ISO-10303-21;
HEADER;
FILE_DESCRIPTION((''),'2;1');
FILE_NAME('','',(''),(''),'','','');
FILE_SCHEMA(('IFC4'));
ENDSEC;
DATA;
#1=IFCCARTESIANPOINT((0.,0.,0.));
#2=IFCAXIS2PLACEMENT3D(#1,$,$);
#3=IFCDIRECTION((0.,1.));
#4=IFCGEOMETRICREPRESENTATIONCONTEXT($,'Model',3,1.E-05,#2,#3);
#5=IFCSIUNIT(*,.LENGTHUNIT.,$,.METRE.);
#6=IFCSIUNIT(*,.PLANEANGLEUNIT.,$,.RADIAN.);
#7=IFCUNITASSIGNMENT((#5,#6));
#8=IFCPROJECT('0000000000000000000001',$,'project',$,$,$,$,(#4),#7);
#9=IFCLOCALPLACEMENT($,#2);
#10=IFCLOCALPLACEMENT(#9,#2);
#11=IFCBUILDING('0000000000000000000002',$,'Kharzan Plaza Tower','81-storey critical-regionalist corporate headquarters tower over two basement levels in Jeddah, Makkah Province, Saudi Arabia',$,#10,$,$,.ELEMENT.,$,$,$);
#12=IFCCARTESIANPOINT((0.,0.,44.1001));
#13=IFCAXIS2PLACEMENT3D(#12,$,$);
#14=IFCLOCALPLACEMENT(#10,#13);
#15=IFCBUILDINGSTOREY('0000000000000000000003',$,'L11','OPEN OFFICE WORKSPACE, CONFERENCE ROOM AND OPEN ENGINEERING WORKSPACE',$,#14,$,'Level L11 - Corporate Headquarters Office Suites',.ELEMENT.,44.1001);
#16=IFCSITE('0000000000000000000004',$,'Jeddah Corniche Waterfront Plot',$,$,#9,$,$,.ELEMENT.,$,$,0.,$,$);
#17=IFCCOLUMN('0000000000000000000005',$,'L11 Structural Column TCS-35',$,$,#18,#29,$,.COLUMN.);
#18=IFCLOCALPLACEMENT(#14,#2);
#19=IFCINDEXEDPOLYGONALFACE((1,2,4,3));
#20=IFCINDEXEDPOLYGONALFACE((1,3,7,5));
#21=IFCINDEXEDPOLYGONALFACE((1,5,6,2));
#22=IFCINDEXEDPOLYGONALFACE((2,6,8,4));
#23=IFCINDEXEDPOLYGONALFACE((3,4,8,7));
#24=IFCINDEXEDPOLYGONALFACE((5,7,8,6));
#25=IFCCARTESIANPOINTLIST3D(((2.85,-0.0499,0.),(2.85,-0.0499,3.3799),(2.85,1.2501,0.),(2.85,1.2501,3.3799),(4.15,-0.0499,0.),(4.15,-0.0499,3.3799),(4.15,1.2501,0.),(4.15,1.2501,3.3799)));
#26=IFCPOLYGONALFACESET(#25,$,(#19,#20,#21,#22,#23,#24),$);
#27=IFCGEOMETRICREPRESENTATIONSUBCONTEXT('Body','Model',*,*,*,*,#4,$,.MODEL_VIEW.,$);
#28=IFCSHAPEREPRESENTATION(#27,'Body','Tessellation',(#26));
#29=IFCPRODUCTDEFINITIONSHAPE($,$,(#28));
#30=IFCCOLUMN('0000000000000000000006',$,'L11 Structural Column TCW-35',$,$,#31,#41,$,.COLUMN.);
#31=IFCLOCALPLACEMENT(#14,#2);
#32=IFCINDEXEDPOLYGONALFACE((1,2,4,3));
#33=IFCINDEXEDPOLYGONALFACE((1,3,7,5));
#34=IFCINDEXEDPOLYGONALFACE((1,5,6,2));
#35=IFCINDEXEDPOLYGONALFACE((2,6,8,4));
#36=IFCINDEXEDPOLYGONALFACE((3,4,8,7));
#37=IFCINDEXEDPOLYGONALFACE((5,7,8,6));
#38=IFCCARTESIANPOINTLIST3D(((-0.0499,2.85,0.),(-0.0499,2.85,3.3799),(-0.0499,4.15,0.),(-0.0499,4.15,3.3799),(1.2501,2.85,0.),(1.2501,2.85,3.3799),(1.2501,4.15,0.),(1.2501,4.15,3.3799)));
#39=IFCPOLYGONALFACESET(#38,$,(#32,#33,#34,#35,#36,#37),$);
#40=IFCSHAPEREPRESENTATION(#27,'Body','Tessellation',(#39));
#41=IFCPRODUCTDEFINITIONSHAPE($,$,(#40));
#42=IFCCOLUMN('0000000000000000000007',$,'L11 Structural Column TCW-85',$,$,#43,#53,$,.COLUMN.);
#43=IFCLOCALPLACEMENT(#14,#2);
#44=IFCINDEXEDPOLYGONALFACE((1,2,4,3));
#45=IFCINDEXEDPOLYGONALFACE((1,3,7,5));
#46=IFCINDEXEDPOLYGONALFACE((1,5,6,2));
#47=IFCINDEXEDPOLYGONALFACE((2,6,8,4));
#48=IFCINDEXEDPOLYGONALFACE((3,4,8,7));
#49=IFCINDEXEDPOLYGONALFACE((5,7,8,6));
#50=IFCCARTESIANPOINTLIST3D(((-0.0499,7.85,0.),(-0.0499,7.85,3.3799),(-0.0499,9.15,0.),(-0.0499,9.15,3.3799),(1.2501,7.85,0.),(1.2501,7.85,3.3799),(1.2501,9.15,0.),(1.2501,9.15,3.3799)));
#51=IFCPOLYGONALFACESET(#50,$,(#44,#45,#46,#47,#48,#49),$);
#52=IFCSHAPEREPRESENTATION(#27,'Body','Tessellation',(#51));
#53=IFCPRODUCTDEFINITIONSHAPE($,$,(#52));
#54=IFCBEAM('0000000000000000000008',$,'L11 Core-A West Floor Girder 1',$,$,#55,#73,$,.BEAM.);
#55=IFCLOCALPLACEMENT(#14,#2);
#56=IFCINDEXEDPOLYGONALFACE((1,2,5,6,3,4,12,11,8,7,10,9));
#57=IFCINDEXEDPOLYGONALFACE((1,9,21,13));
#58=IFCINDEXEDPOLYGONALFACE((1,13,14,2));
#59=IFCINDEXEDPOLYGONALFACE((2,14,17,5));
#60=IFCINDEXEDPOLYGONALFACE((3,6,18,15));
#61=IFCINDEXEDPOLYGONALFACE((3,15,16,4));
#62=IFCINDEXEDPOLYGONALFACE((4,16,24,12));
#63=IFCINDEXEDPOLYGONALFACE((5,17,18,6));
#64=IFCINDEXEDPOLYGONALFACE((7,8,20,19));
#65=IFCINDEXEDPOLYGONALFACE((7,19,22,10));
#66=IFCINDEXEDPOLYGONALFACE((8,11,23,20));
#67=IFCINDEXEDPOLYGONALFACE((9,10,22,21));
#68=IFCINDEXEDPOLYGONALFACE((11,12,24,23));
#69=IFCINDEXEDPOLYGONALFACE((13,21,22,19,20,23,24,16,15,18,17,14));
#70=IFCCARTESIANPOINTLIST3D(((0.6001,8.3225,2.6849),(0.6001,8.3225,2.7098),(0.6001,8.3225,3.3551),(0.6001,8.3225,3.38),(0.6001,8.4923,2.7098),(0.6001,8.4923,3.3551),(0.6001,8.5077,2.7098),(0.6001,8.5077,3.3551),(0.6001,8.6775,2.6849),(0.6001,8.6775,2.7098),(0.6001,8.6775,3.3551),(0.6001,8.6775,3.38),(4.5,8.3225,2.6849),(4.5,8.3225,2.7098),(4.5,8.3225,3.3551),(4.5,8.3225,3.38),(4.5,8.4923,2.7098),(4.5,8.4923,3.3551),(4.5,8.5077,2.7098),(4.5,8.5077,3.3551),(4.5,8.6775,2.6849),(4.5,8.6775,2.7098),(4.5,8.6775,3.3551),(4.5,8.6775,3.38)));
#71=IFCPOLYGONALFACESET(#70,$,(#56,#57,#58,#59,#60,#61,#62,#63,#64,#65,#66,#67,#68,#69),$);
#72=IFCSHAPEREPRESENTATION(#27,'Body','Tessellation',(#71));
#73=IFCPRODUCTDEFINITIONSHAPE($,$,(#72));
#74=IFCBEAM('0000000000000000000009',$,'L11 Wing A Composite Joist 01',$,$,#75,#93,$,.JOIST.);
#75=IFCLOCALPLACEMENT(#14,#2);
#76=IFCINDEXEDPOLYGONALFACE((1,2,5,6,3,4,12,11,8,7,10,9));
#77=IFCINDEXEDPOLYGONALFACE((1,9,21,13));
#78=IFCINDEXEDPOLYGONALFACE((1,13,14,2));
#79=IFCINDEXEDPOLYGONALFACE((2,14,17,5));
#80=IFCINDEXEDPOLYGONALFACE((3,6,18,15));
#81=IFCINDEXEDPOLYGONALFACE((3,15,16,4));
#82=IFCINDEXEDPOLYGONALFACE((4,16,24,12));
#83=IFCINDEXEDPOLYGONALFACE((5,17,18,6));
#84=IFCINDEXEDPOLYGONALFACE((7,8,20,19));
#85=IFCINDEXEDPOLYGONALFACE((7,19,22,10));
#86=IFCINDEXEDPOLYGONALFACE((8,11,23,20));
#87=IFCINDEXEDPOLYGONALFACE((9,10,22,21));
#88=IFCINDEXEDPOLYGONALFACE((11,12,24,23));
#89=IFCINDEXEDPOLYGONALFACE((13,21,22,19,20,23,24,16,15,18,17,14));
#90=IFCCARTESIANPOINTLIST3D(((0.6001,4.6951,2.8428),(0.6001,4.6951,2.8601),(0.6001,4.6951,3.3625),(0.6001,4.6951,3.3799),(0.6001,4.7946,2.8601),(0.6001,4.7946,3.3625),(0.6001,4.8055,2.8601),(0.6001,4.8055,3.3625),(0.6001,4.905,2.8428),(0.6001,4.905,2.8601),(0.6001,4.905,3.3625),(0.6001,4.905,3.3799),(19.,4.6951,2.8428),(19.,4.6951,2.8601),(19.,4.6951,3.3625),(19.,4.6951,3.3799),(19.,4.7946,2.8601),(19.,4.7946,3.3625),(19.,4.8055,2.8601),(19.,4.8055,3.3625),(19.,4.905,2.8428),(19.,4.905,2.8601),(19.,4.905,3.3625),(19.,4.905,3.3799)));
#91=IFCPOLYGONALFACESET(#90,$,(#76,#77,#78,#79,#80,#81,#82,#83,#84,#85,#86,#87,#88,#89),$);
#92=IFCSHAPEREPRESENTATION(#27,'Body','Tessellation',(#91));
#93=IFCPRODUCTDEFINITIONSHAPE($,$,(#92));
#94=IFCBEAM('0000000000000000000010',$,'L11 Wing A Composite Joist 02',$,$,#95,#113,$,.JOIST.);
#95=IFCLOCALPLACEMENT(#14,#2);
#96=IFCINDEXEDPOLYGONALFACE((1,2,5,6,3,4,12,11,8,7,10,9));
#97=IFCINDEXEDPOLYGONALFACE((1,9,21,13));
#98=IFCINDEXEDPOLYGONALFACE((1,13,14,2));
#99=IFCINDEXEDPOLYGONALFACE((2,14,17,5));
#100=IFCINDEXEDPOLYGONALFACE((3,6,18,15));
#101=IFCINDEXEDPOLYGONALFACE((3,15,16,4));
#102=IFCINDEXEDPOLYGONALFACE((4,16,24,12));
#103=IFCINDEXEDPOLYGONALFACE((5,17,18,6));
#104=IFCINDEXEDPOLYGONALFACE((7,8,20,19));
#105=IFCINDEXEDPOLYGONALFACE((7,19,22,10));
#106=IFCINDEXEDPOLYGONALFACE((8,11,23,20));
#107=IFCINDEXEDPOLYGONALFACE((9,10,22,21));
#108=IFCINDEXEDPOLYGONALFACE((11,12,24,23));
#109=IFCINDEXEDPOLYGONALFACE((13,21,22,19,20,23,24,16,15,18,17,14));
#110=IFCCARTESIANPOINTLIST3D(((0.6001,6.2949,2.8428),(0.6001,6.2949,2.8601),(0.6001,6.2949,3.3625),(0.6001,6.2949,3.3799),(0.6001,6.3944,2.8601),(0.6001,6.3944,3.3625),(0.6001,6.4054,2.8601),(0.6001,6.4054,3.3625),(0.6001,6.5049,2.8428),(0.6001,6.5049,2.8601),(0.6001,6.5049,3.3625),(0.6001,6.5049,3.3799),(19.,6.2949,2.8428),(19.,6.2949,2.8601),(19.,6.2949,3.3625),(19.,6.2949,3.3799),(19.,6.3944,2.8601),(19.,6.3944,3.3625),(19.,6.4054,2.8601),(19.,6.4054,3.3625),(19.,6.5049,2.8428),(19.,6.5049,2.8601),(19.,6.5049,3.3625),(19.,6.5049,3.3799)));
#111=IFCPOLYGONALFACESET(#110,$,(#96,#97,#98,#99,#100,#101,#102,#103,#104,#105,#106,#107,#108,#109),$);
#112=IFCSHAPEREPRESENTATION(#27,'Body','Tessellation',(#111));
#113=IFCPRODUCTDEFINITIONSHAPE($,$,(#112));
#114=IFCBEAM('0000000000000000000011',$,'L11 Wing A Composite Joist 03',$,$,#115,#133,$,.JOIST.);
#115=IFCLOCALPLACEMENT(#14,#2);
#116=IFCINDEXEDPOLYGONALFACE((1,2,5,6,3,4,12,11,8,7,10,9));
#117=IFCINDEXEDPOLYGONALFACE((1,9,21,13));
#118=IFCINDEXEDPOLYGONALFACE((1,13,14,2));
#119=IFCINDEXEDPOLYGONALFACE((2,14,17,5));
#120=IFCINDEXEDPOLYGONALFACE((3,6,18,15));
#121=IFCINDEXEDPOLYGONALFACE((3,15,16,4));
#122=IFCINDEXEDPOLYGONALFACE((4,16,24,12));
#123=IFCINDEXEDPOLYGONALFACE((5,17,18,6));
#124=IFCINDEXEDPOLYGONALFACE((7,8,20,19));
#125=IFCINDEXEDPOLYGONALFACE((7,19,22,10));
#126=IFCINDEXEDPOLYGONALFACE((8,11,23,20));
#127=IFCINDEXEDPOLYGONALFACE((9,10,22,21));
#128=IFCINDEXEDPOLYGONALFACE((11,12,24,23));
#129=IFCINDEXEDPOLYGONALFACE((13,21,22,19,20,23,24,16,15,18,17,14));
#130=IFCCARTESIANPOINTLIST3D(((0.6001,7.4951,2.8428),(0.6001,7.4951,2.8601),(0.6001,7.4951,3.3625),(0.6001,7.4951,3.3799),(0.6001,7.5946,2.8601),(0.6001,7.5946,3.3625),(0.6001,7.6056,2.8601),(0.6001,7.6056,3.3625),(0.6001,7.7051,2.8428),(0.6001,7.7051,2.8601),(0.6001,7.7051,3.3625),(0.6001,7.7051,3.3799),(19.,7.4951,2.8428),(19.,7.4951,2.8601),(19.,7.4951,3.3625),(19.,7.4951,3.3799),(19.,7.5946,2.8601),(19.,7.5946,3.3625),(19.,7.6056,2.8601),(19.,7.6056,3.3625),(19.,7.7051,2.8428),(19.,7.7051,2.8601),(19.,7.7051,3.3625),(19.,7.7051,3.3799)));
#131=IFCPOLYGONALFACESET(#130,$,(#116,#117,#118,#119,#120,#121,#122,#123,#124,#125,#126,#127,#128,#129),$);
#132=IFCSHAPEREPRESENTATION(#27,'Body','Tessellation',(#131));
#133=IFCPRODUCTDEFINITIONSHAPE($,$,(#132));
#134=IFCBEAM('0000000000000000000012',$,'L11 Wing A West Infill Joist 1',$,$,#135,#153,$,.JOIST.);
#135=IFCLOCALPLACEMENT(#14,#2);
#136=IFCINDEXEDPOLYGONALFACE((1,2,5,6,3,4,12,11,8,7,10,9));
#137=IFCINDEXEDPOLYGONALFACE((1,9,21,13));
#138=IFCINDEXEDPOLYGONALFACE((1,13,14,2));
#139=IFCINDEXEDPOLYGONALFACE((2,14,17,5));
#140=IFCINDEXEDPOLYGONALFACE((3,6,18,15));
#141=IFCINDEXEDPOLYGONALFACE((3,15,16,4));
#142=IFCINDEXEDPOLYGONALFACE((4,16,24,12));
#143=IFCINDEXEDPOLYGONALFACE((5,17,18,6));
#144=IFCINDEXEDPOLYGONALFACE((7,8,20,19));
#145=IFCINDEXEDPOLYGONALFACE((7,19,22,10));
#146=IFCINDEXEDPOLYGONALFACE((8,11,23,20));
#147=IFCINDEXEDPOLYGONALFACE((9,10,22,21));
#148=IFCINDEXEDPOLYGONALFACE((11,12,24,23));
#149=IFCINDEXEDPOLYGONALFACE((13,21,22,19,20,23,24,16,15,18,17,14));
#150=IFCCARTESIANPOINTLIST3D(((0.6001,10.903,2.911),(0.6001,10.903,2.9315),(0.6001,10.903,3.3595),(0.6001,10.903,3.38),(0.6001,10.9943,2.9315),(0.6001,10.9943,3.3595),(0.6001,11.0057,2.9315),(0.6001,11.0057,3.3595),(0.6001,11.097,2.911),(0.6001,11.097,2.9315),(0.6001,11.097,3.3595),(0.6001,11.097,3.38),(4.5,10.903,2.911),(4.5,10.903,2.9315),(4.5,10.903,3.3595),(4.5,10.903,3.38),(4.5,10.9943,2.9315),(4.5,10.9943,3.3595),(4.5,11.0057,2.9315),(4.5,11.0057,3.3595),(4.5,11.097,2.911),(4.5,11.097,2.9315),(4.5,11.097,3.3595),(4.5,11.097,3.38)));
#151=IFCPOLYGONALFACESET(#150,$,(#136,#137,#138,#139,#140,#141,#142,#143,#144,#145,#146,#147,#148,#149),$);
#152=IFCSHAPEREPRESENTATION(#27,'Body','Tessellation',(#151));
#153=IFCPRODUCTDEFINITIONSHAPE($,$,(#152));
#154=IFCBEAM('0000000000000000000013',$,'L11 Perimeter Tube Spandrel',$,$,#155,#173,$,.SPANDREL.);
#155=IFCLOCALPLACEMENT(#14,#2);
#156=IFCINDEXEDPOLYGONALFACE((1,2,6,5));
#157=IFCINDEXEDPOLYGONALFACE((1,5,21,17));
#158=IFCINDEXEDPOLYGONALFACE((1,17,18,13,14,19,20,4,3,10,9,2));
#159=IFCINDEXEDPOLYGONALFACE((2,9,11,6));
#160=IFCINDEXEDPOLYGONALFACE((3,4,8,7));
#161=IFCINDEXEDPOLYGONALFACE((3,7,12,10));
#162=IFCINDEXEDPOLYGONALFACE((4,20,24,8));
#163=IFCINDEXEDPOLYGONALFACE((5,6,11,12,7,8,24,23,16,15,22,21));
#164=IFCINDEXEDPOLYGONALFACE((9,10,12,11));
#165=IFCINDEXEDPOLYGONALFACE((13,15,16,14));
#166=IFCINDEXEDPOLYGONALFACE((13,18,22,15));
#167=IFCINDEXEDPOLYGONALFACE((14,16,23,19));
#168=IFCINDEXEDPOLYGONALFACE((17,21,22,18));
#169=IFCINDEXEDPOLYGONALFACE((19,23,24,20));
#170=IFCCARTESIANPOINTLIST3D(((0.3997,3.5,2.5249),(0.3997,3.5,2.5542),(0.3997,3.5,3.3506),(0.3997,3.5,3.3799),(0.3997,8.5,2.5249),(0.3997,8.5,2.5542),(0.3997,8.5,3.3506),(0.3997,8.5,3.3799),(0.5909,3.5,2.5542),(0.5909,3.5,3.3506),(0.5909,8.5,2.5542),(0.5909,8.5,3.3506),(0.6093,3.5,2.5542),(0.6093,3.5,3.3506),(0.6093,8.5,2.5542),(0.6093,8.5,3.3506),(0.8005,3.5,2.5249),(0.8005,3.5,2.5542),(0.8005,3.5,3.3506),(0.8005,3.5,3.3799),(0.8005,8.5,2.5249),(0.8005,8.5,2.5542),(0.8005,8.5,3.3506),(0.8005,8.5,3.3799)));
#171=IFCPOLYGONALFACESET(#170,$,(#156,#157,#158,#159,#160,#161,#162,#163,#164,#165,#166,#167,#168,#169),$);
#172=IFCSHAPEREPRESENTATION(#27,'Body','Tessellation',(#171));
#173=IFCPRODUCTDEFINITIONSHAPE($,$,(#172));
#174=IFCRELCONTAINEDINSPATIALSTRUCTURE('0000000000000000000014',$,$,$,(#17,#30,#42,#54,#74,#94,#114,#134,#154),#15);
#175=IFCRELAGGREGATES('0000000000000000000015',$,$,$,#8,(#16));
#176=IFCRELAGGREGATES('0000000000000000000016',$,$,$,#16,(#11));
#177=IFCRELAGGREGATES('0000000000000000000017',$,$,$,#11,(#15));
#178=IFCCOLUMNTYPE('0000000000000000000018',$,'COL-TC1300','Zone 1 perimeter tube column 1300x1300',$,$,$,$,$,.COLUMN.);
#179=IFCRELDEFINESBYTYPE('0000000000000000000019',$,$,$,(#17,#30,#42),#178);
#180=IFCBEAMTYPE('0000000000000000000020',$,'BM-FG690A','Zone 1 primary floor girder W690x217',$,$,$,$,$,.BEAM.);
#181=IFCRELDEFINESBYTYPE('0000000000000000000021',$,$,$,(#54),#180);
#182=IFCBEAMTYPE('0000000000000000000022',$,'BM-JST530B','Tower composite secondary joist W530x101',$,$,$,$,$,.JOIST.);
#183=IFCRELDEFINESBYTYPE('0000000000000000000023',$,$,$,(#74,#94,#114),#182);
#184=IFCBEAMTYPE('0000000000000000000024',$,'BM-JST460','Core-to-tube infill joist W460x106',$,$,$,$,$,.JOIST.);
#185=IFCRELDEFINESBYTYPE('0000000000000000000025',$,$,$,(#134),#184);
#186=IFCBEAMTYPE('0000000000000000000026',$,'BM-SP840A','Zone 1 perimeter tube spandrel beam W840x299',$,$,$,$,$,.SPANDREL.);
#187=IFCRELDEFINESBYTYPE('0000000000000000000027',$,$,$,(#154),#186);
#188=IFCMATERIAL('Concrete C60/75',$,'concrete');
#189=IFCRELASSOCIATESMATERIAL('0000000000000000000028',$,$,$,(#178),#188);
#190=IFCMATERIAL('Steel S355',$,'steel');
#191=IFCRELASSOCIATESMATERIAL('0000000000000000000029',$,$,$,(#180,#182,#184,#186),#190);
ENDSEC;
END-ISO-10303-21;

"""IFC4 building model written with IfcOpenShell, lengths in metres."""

from ifc_helpers import new_model, si_unit, direction, frame, origin, origin_2d, place, context, subcontext, project, spatial, rectangle, i_section, extrude, source, transform, mapped, material, material_profile, profile_set, type_object, element, save


model = new_model("IFC4")

# Units and contexts
model_context = context("Model", 3, precision=1e-05, world=origin(), true_north=direction((0.0, 1.0)))
body_context = subcontext(model_context, "Body", "Model", "MODEL_VIEW")
ifc_project = project(units=[si_unit("LENGTHUNIT", "METRE"), si_unit("PLANEANGLEUNIT", "RADIAN")], contexts=[model_context])

# Site, building, storey
site_placement = place(None, origin())
site = spatial("IfcSite", under=ifc_project, at=site_placement, Name="Jeddah Corniche Waterfront Plot", CompositionType="ELEMENT", RefElevation=0.0)
building_placement = place(site_placement, origin())
building = spatial("IfcBuilding", under=site, at=building_placement, Name="Kharzan Plaza Tower", Description="81-storey critical-regionalist corporate headquarters tower over two basement levels in Jeddah, Makkah Province, Saudi Arabia", CompositionType="ELEMENT")
storey_placement = place(building_placement, frame((0.0, 0.0, 44.1001)))
storey = spatial("IfcBuildingStorey", under=building, at=storey_placement, Name="L11", Description="OPEN OFFICE WORKSPACE, CONFERENCE ROOM AND OPEN ENGINEERING WORKSPACE", LongName="Level L11 - Corporate Headquarters Office Suites", CompositionType="ELEMENT", Elevation=44.1001)

# Columns
ifc_material_1 = material(Name="Concrete C60/75", Category="concrete")
ifc_material_profile_1 = material_profile(ifc_material_1, rectangle(XDim=1.3, YDim=1.3, at=origin_2d()), Name="RC-TC1300x1300")
ifc_profile_set_1 = profile_set([ifc_material_profile_1], Name="Concrete C60/75")
column_type = type_object("IfcColumnType", Name="COL-TC1300", Description="Zone 1 perimeter tube column 1300x1300", PredefinedType="COLUMN", material=ifc_profile_set_1)
shared_shape_1 = source(origin(), body_context, "Body", "SweptSolid", [
    extrude(rectangle(XDim=1.3, YDim=1.3, at=origin_2d()), origin(), (0.0, 0.0, 1.0), 3.3799),
])
for number, where, z_axis, x_axis, name in (
    (1, (3.5, 0.6001, 0.0), (0.0, 0.0, 1.0), (1.0, 0.0, 0.0), "L11 Structural Column TCS-35"),
    (2, (0.6001, 3.5, 0.0), (0.0, 0.0, 1.0), (1.0, 0.0, 0.0), "L11 Structural Column TCW-35"),
    (3, (0.6001, 8.5, 0.0), (0.0, 0.0, 1.0), (1.0, 0.0, 0.0), "L11 Structural Column TCW-85"),
):
    element("IfcColumn", number, at=place(storey_placement, frame(where, z_axis=z_axis, x_axis=x_axis)), inside=storey, type_object=column_type, Name=name, PredefinedType="COLUMN", context=body_context, shape_type="MappedRepresentation", body=[
        mapped(shared_shape_1, transform((0.0, 0.0, 0.0), x_axis=(1.0, 0.0, 0.0), y_axis=(0.0, 1.0, 0.0), z_axis=(0.0, 0.0, 1.0))),
    ])

# Beams
ifc_material_2 = material(Name="Steel S355", Category="steel")
ifc_material_profile_2 = material_profile(ifc_material_2, i_section(OverallWidth=0.355, OverallDepth=0.6951, WebThickness=0.0154, FlangeThickness=0.0249, at=origin_2d()), Name="W690x217")
ifc_profile_set_2 = profile_set([ifc_material_profile_2], Name="Steel S355")
beam_type_1 = type_object("IfcBeamType", Name="BM-FG690A", Description="Zone 1 primary floor girder W690x217", PredefinedType="BEAM", material=ifc_profile_set_2)
shared_shape_2 = source(origin(), body_context, "Body", "SweptSolid", [
    extrude(i_section(OverallWidth=0.355, OverallDepth=0.6951, WebThickness=0.0154, FlangeThickness=0.0249, at=origin_2d()), origin(), (0.0, 0.0, 1.0), 3.8999),
])
beam_1_placement = place(storey_placement, frame((0.6001, 8.5, 3.0325), z_axis=(1.0, 0.0, 0.0), x_axis=(0.0, 1.0, 0.0)))
element("IfcBeam", 4, at=beam_1_placement, inside=storey, type_object=beam_type_1, Name="L11 Core-A West Floor Girder 1", PredefinedType="BEAM", context=body_context, shape_type="MappedRepresentation", body=[
    mapped(shared_shape_2, transform((0.0, 0.0, 0.0), x_axis=(1.0, 0.0, 0.0), y_axis=(0.0, 1.0, 0.0), z_axis=(0.0, 0.0, 1.0))),
])
ifc_material_profile_3 = material_profile(ifc_material_2, i_section(OverallWidth=0.21, OverallDepth=0.5371, WebThickness=0.011, FlangeThickness=0.0173, at=origin_2d()), Name="W530x101")
ifc_profile_set_3 = profile_set([ifc_material_profile_3], Name="Steel S355")
beam_type_2 = type_object("IfcBeamType", Name="BM-JST530B", Description="Tower composite secondary joist W530x101", PredefinedType="JOIST", material=ifc_profile_set_3)
shared_shape_3 = source(origin(), body_context, "Body", "SweptSolid", [
    extrude(i_section(OverallWidth=0.21, OverallDepth=0.5371, WebThickness=0.011, FlangeThickness=0.0173, at=origin_2d()), origin(), (0.0, 0.0, 1.0), 18.3999),
])
for number, where, z_axis, x_axis, name in (
    (5, (0.6001, 4.8, 3.1113), (1.0, 0.0, 0.0), (0.0, 1.0, 0.0), "L11 Wing A Composite Joist 01"),
    (6, (0.6001, 6.3999, 3.1113), (1.0, 0.0, 0.0), (0.0, 1.0, 0.0), "L11 Wing A Composite Joist 02"),
    (7, (0.6001, 7.6001, 3.1113), (1.0, 0.0, 0.0), (0.0, 1.0, 0.0), "L11 Wing A Composite Joist 03"),
):
    element("IfcBeam", number, at=place(storey_placement, frame(where, z_axis=z_axis, x_axis=x_axis)), inside=storey, type_object=beam_type_2, Name=name, PredefinedType="JOIST", context=body_context, shape_type="MappedRepresentation", body=[
        mapped(shared_shape_3, transform((0.0, 0.0, 0.0), x_axis=(1.0, 0.0, 0.0), y_axis=(0.0, 1.0, 0.0), z_axis=(0.0, 0.0, 1.0))),
    ])
ifc_material_profile_4 = material_profile(ifc_material_2, i_section(OverallWidth=0.1941, OverallDepth=0.469, WebThickness=0.0115, FlangeThickness=0.0205, at=origin_2d()), Name="W460x106")
ifc_profile_set_4 = profile_set([ifc_material_profile_4], Name="Steel S355")
beam_type_3 = type_object("IfcBeamType", Name="BM-JST460", Description="Core-to-tube infill joist W460x106", PredefinedType="JOIST", material=ifc_profile_set_4)
shared_shape_4 = source(origin(), body_context, "Body", "SweptSolid", [
    extrude(i_section(OverallWidth=0.1941, OverallDepth=0.469, WebThickness=0.0115, FlangeThickness=0.0205, at=origin_2d()), origin(), (0.0, 0.0, 1.0), 3.8999),
])
beam_2_placement = place(storey_placement, frame((0.6001, 11.0, 3.1455), z_axis=(1.0, 0.0, 0.0), x_axis=(0.0, 1.0, 0.0)))
element("IfcBeam", 8, at=beam_2_placement, inside=storey, type_object=beam_type_3, Name="L11 Wing A West Infill Joist 1", PredefinedType="JOIST", context=body_context, shape_type="MappedRepresentation", body=[
    mapped(shared_shape_4, transform((0.0, 0.0, 0.0), x_axis=(1.0, 0.0, 0.0), y_axis=(0.0, 1.0, 0.0), z_axis=(0.0, 0.0, 1.0))),
])
ifc_material_profile_5 = material_profile(ifc_material_2, i_section(OverallWidth=0.4009, OverallDepth=0.855, WebThickness=0.0183, FlangeThickness=0.0293, at=origin_2d()), Name="W840x299")
ifc_profile_set_5 = profile_set([ifc_material_profile_5], Name="Steel S355")
beam_type_4 = type_object("IfcBeamType", Name="BM-SP840A", Description="Zone 1 perimeter tube spandrel beam W840x299", PredefinedType="SPANDREL", material=ifc_profile_set_5)
shared_shape_5 = source(origin(), body_context, "Body", "SweptSolid", [
    extrude(i_section(OverallWidth=0.4009, OverallDepth=0.855, WebThickness=0.0183, FlangeThickness=0.0293, at=origin_2d()), origin(), (0.0, 0.0, 1.0), 5.0),
])
for number, where, z_axis, x_axis, name in (
    (9, (0.6001, 3.5, 2.9524), (0.0, 1.0, 0.0), (-1.0, 0.0, 0.0), "L11 Perimeter Tube Spandrel"),
):
    element("IfcBeam", number, at=place(storey_placement, frame(where, z_axis=z_axis, x_axis=x_axis)), inside=storey, type_object=beam_type_4, Name=name, PredefinedType="SPANDREL", context=body_context, shape_type="MappedRepresentation", body=[
        mapped(shared_shape_5, transform((0.0, 0.0, 0.0), x_axis=(1.0, 0.0, 0.0), y_axis=(0.0, 1.0, 0.0), z_axis=(0.0, 0.0, 1.0))),
    ])

save(model, "model.ifc")
